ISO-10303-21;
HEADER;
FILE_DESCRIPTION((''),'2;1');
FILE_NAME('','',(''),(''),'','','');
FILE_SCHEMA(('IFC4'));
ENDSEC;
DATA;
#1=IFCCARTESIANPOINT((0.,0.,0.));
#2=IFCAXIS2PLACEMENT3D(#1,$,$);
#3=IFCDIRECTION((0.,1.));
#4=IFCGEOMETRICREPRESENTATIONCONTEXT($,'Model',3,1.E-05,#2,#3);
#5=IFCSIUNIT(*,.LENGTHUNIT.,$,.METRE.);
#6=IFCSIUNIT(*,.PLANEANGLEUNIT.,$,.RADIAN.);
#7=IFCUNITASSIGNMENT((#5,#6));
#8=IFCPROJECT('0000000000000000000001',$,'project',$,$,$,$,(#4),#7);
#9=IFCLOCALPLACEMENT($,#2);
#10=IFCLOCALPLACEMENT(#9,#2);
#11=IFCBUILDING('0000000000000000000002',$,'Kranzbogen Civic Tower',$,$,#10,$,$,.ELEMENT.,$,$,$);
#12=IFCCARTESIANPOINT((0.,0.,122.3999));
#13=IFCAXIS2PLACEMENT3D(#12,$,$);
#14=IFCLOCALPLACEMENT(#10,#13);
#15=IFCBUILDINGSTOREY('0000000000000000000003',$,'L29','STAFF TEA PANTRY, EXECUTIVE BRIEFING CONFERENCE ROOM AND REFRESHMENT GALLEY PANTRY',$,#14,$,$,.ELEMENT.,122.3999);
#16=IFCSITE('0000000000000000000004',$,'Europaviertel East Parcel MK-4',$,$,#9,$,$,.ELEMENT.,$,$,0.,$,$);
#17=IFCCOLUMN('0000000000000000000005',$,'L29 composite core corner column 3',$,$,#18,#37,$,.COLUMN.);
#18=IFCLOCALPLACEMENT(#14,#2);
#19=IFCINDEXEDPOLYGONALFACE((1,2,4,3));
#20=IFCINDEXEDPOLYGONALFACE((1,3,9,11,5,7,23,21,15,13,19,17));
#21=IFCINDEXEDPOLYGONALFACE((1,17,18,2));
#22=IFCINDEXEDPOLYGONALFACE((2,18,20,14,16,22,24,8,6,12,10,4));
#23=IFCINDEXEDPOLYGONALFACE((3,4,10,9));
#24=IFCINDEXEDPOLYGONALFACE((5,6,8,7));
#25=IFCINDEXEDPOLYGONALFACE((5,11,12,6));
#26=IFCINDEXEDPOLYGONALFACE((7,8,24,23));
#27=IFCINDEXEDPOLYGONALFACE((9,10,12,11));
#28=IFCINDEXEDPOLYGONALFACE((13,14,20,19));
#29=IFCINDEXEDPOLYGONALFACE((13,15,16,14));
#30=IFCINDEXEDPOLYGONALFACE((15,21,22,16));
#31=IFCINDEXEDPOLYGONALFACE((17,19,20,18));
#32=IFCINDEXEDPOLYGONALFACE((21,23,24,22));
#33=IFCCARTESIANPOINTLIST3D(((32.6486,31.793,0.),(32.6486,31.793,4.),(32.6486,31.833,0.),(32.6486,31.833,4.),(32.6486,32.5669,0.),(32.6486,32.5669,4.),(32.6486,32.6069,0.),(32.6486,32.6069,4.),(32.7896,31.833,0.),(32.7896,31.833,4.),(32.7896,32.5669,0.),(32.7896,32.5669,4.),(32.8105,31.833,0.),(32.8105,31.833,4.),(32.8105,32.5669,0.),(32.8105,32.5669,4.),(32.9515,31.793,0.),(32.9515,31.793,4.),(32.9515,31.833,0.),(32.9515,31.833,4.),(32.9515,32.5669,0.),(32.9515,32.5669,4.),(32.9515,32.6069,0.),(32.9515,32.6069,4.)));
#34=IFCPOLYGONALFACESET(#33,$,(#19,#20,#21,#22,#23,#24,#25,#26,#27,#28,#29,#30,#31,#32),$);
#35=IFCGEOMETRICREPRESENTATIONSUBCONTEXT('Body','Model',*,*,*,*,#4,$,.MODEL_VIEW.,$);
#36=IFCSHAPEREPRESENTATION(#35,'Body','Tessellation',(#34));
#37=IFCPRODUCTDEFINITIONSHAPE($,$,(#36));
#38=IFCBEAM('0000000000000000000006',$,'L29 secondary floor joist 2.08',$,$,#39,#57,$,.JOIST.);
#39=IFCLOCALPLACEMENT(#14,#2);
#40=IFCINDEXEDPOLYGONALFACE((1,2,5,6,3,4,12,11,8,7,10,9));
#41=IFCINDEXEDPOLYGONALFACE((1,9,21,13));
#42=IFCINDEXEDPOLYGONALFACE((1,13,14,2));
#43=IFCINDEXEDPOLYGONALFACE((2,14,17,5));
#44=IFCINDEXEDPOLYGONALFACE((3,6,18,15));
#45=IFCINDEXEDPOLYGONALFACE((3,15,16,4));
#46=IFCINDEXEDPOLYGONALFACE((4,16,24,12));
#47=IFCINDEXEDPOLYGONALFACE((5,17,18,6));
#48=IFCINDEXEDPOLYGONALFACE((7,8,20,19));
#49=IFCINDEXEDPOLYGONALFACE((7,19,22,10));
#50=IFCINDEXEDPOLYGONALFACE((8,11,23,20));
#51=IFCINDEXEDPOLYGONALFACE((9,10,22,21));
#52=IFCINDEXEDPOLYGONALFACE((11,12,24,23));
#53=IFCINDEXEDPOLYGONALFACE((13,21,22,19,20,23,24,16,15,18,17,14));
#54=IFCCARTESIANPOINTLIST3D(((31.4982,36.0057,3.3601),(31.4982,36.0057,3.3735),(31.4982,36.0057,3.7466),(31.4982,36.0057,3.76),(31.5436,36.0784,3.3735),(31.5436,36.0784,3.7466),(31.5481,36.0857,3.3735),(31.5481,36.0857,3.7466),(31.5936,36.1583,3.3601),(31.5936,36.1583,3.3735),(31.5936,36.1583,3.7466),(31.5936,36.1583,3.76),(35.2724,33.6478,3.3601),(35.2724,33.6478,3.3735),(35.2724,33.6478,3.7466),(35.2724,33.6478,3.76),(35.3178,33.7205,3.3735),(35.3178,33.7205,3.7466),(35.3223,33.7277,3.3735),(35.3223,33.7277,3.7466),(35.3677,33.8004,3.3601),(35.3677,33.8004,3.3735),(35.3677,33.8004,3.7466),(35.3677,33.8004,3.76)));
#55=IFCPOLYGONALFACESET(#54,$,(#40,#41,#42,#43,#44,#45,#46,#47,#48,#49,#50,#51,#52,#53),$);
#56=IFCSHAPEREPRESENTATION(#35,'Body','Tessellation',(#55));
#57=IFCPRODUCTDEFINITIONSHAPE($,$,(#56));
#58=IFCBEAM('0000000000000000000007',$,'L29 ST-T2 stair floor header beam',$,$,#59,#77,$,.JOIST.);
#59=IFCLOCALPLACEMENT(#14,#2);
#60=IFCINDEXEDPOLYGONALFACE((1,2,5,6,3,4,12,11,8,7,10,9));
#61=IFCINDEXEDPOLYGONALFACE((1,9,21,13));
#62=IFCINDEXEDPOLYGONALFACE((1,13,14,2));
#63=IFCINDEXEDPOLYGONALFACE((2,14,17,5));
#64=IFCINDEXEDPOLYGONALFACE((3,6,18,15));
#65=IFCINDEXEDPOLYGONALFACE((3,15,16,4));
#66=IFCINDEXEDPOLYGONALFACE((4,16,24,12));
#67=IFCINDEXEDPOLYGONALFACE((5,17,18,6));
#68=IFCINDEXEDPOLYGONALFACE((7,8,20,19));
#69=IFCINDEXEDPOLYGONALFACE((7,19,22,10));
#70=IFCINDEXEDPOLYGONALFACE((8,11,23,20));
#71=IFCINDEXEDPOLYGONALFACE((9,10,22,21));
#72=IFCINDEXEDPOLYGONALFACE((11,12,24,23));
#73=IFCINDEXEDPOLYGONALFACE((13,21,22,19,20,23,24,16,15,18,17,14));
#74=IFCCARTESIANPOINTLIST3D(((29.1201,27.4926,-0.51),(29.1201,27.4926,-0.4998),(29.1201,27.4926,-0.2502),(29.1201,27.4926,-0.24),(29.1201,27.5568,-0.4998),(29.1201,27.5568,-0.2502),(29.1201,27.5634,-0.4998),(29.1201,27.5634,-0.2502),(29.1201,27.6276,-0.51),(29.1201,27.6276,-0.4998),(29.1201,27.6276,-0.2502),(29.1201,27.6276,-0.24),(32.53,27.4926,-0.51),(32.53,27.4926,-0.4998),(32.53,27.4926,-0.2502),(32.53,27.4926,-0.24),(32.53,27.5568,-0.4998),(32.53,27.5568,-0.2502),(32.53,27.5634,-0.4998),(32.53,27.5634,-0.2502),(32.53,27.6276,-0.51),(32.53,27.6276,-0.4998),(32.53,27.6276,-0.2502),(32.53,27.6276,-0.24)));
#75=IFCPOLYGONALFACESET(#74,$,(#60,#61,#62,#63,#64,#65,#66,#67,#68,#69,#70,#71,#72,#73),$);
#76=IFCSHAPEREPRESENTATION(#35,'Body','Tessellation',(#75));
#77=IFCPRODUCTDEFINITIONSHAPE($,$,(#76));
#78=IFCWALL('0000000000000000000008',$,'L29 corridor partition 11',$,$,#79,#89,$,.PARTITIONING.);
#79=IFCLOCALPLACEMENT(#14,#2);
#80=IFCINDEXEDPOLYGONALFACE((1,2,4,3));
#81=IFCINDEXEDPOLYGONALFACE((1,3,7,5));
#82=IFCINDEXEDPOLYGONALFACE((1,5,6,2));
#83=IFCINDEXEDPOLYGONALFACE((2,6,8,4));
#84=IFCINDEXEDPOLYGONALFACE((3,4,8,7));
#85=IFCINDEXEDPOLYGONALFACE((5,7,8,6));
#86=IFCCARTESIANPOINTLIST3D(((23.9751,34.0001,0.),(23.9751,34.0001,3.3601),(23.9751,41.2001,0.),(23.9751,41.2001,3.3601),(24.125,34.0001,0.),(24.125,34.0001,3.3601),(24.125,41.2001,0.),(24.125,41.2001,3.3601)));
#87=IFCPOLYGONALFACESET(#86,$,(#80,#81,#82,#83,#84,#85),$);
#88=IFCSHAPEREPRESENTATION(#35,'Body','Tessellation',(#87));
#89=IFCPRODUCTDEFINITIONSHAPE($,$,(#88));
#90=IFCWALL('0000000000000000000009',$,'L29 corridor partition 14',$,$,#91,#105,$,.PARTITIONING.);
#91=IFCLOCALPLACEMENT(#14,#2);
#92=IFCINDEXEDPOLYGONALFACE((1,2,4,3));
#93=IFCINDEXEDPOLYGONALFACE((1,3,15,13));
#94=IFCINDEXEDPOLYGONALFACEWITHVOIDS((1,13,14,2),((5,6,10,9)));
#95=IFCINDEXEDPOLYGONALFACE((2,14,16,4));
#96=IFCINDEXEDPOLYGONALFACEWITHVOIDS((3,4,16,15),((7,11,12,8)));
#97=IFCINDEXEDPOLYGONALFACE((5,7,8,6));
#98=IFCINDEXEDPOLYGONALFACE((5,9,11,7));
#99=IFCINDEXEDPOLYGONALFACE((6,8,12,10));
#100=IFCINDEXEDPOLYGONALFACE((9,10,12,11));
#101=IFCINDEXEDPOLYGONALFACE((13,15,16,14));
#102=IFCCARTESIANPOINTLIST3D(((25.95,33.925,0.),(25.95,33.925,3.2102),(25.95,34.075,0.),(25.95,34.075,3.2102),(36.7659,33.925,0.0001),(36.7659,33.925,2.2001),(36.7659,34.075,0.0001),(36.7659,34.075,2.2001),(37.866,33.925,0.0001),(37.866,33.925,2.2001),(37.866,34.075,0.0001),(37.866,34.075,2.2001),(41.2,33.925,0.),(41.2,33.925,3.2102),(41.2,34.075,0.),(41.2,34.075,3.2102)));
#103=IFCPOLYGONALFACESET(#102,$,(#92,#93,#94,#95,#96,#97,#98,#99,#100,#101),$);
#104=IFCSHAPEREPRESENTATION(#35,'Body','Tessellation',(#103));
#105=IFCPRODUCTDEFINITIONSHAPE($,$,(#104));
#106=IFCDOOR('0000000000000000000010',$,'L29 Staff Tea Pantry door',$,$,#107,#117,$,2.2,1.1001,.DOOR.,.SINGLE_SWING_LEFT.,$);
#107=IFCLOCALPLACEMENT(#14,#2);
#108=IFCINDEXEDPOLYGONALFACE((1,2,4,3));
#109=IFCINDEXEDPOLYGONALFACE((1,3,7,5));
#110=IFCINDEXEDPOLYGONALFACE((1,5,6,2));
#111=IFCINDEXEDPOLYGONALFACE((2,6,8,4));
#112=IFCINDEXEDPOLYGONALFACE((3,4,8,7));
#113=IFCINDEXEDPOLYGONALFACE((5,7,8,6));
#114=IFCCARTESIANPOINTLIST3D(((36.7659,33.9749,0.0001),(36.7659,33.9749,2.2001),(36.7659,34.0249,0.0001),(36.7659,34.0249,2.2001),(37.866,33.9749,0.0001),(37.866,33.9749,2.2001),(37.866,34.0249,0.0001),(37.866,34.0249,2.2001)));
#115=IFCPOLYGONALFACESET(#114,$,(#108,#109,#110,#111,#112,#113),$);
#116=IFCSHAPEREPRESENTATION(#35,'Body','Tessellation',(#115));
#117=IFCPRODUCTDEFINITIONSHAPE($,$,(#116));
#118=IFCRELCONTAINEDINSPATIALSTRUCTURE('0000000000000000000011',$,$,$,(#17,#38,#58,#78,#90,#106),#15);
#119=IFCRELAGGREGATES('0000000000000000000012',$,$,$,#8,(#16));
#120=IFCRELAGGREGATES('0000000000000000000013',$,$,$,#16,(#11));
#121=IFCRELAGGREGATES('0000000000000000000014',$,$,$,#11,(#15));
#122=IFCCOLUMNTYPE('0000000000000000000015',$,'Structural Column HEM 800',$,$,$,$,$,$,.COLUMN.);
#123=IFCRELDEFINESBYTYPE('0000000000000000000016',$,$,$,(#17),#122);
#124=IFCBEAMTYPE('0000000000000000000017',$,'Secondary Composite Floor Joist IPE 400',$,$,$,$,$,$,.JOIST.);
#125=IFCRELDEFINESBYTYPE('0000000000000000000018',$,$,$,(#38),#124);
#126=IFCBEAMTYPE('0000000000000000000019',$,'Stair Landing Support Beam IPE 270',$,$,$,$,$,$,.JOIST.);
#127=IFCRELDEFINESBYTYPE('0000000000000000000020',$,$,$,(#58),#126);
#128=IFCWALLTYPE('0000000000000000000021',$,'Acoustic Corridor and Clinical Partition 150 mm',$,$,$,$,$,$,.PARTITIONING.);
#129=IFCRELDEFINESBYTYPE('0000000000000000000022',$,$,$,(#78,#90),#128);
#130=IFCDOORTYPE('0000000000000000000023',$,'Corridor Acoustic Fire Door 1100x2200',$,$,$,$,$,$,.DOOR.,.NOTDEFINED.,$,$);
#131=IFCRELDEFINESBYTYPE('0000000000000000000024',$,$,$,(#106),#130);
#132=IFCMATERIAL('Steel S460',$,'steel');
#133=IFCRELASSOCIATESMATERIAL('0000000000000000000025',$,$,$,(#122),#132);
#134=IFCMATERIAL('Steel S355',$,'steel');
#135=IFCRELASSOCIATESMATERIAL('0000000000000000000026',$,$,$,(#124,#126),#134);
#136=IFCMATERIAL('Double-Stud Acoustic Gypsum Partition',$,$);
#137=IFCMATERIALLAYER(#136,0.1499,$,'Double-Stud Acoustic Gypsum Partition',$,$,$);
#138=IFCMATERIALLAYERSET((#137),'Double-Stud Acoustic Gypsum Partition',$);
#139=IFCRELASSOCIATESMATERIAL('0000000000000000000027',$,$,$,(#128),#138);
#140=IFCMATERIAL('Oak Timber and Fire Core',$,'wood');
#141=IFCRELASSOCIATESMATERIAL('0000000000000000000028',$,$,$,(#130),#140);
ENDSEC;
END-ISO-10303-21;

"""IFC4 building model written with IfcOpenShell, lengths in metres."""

from ifc_helpers import new_model, si_unit, direction, frame, frame_2d, origin, origin_2d, place, context, subcontext, project, spatial, rectangle, i_section, extrude, material, layer, layer_set, material_profile, profile_set, type_object, element, fill, save


model = new_model("IFC4")

# Units and contexts
model_context = context("Model", 3, precision=1e-05, world=origin(), true_north=direction((0.0, 1.0)))
body_context = subcontext(model_context, "Body", "Model", "MODEL_VIEW")
ifc_project = project(units=[si_unit("LENGTHUNIT", "METRE"), si_unit("PLANEANGLEUNIT", "RADIAN")], contexts=[model_context])

# Site, building, storey
site_placement = place(None, origin())
site = spatial("IfcSite", under=ifc_project, at=site_placement, Name="Europaviertel East Parcel MK-4", CompositionType="ELEMENT", RefElevation=0.0)
building_placement = place(site_placement, origin())
building = spatial("IfcBuilding", under=site, at=building_placement, Name="Kranzbogen Civic Tower", CompositionType="ELEMENT")
storey_placement = place(building_placement, frame((0.0, 0.0, 122.3999)))
storey = spatial("IfcBuildingStorey", under=building, at=storey_placement, Name="L29", Description="STAFF TEA PANTRY, EXECUTIVE BRIEFING CONFERENCE ROOM AND REFRESHMENT GALLEY PANTRY", CompositionType="ELEMENT", Elevation=122.3999)

# Column
ifc_material_1 = material(Name="Steel S460", Category="steel")
ifc_material_profile_1 = material_profile(ifc_material_1, i_section(OverallWidth=0.303, OverallDepth=0.814, WebThickness=0.021, FlangeThickness=0.04, at=origin_2d()), Name="HEM 800")
ifc_profile_set_1 = profile_set([ifc_material_profile_1], Name="Steel S460")
column_type = type_object("IfcColumnType", Name="Structural Column HEM 800", PredefinedType="COLUMN", material=ifc_profile_set_1)
column_placement = place(storey_placement, frame((32.8, 32.2, 0.0), z_axis=(0.0, 0.0, 1.0), x_axis=(1.0, 0.0, 0.0)))
element("IfcColumn", 1, at=column_placement, inside=storey, type_object=column_type, Name="L29 composite core corner column 3", PredefinedType="COLUMN", context=body_context, shape_type="SweptSolid", body=[
    extrude(i_section(OverallWidth=0.303, OverallDepth=0.814, WebThickness=0.021, FlangeThickness=0.04, at=origin_2d()), origin(), (0.0, 0.0, 1.0), 4.0),
])

# Beams
ifc_material_2 = material(Name="Steel S355", Category="steel")
ifc_material_profile_2 = material_profile(ifc_material_2, i_section(OverallWidth=0.1799, OverallDepth=0.3999, WebThickness=0.0085, FlangeThickness=0.0134, at=origin_2d()), Name="IPE 400")
ifc_profile_set_2 = profile_set([ifc_material_profile_2], Name="Steel S355")
beam_type_1 = type_object("IfcBeamType", Name="Secondary Composite Floor Joist IPE 400", PredefinedType="JOIST", material=ifc_profile_set_2)
beam_1_placement = place(storey_placement, frame((35.3201, 33.7241, 3.5601), z_axis=(-0.848094, 0.529846, 0.0), x_axis=(-0.529846, -0.848094, 0.0)))
element("IfcBeam", 2, at=beam_1_placement, inside=storey, type_object=beam_type_1, Name="L29 secondary floor joist 2.08", PredefinedType="JOIST", context=body_context, shape_type="SweptSolid", body=[
    extrude(i_section(OverallWidth=0.1799, OverallDepth=0.3999, WebThickness=0.0085, FlangeThickness=0.0134, at=origin_2d()), origin(), (0.0, 0.0, 1.0), 4.4502),
])
ifc_material_profile_3 = material_profile(ifc_material_2, i_section(OverallWidth=0.135, OverallDepth=0.27, WebThickness=0.0066, FlangeThickness=0.0103, at=origin_2d()), Name="IPE 270")
ifc_profile_set_3 = profile_set([ifc_material_profile_3], Name="Steel S355")
beam_type_2 = type_object("IfcBeamType", Name="Stair Landing Support Beam IPE 270", PredefinedType="JOIST", material=ifc_profile_set_3)
beam_2_placement = place(storey_placement, frame((29.1201, 27.5601, -0.375), z_axis=(1.0, 0.0, 0.0), x_axis=(0.0, 1.0, 0.0)))
element("IfcBeam", 3, at=beam_2_placement, inside=storey, type_object=beam_type_2, Name="L29 ST-T2 stair floor header beam", PredefinedType="JOIST", context=body_context, shape_type="SweptSolid", body=[
    extrude(i_section(OverallWidth=0.135, OverallDepth=0.27, WebThickness=0.0066, FlangeThickness=0.0103, at=origin_2d()), origin(), (0.0, 0.0, 1.0), 3.4099),
])

# Wall
ifc_material_3 = material(Name="Double-Stud Acoustic Gypsum Partition")
ifc_layer_1 = layer(ifc_material_3, 0.1499, Name="Double-Stud Acoustic Gypsum Partition")
ifc_layer_set_1 = layer_set([ifc_layer_1], Name="Double-Stud Acoustic Gypsum Partition")
wall_type_1 = type_object("IfcWallType", Name="Acoustic Corridor and Clinical Partition 150 mm", PredefinedType="PARTITIONING", material=ifc_layer_set_1)
wall_1_placement = place(storey_placement, frame((24.05, 34.0, 0.0), z_axis=(0.0, 0.0, 1.0), x_axis=(0.0, 1.0, 0.0)))
element("IfcWall", 4, at=wall_1_placement, inside=storey, type_object=wall_type_1, Name="L29 corridor partition 11", PredefinedType="PARTITIONING", context=body_context, shape_type="SweptSolid", body=[
    extrude(rectangle(XDim=7.2, YDim=0.1499, at=frame_2d((3.6001, 0.0))), origin(), (0.0, 0.0, 1.0), 3.3601),
])

# Wall, opening, door
wall_2_placement = place(storey_placement, frame((25.95, 34.0, 0.0), z_axis=(0.0, 0.0, 1.0), x_axis=(1.0, 0.0, 0.0)))
wall_2 = element("IfcWall", 5, at=wall_2_placement, inside=storey, type_object=wall_type_1, Name="L29 corridor partition 14", PredefinedType="PARTITIONING", context=body_context, shape_type="SweptSolid", body=[
    extrude(rectangle(XDim=15.25, YDim=0.1499, at=frame_2d((7.625, 0.0))), origin(), (0.0, 0.0, 1.0), 3.2102),
])
opening_1_placement = place(wall_2_placement, frame((10.8159, 0.0, 0.0)))
opening_1 = element("IfcOpeningElement", 6, at=opening_1_placement, cuts=wall_2, PredefinedType="OPENING", context=body_context, shape_type="SweptSolid", body=[
    extrude(rectangle(XDim=1.1001, YDim=2.2, at=frame_2d((0.55, 1.1001))), frame((0.0, 0.085, 0.0), z_axis=(0.0, -1.0, 0.0), x_axis=(1.0, 0.0, 0.0)), (0.0, 0.0, 1.0), 0.1699),
])
ifc_material_4 = material(Name="Oak Timber and Fire Core", Category="wood")
door_type_1 = type_object("IfcDoorType", Name="Corridor Acoustic Fire Door 1100x2200", OperationType="NOTDEFINED", PredefinedType="DOOR", material=ifc_material_4)
door_1_placement = place(opening_1_placement, origin())
door_1 = element("IfcDoor", 7, at=door_1_placement, inside=storey, type_object=door_type_1, Name="L29 Staff Tea Pantry door", OperationType="SINGLE_SWING_LEFT", OverallHeight=2.2, OverallWidth=1.1001, PredefinedType="DOOR", context=body_context, shape_type="SweptSolid", body=[
    extrude(rectangle(XDim=1.1001, YDim=2.2, at=frame_2d((0.55, 1.1001))), frame((0.0, 0.0249, 0.0), z_axis=(0.0, -1.0, 0.0), x_axis=(1.0, 0.0, 0.0)), (0.0, 0.0, 1.0), 0.05),
])
fill(opening_1, door_1)

save(model, "model.ifc")
